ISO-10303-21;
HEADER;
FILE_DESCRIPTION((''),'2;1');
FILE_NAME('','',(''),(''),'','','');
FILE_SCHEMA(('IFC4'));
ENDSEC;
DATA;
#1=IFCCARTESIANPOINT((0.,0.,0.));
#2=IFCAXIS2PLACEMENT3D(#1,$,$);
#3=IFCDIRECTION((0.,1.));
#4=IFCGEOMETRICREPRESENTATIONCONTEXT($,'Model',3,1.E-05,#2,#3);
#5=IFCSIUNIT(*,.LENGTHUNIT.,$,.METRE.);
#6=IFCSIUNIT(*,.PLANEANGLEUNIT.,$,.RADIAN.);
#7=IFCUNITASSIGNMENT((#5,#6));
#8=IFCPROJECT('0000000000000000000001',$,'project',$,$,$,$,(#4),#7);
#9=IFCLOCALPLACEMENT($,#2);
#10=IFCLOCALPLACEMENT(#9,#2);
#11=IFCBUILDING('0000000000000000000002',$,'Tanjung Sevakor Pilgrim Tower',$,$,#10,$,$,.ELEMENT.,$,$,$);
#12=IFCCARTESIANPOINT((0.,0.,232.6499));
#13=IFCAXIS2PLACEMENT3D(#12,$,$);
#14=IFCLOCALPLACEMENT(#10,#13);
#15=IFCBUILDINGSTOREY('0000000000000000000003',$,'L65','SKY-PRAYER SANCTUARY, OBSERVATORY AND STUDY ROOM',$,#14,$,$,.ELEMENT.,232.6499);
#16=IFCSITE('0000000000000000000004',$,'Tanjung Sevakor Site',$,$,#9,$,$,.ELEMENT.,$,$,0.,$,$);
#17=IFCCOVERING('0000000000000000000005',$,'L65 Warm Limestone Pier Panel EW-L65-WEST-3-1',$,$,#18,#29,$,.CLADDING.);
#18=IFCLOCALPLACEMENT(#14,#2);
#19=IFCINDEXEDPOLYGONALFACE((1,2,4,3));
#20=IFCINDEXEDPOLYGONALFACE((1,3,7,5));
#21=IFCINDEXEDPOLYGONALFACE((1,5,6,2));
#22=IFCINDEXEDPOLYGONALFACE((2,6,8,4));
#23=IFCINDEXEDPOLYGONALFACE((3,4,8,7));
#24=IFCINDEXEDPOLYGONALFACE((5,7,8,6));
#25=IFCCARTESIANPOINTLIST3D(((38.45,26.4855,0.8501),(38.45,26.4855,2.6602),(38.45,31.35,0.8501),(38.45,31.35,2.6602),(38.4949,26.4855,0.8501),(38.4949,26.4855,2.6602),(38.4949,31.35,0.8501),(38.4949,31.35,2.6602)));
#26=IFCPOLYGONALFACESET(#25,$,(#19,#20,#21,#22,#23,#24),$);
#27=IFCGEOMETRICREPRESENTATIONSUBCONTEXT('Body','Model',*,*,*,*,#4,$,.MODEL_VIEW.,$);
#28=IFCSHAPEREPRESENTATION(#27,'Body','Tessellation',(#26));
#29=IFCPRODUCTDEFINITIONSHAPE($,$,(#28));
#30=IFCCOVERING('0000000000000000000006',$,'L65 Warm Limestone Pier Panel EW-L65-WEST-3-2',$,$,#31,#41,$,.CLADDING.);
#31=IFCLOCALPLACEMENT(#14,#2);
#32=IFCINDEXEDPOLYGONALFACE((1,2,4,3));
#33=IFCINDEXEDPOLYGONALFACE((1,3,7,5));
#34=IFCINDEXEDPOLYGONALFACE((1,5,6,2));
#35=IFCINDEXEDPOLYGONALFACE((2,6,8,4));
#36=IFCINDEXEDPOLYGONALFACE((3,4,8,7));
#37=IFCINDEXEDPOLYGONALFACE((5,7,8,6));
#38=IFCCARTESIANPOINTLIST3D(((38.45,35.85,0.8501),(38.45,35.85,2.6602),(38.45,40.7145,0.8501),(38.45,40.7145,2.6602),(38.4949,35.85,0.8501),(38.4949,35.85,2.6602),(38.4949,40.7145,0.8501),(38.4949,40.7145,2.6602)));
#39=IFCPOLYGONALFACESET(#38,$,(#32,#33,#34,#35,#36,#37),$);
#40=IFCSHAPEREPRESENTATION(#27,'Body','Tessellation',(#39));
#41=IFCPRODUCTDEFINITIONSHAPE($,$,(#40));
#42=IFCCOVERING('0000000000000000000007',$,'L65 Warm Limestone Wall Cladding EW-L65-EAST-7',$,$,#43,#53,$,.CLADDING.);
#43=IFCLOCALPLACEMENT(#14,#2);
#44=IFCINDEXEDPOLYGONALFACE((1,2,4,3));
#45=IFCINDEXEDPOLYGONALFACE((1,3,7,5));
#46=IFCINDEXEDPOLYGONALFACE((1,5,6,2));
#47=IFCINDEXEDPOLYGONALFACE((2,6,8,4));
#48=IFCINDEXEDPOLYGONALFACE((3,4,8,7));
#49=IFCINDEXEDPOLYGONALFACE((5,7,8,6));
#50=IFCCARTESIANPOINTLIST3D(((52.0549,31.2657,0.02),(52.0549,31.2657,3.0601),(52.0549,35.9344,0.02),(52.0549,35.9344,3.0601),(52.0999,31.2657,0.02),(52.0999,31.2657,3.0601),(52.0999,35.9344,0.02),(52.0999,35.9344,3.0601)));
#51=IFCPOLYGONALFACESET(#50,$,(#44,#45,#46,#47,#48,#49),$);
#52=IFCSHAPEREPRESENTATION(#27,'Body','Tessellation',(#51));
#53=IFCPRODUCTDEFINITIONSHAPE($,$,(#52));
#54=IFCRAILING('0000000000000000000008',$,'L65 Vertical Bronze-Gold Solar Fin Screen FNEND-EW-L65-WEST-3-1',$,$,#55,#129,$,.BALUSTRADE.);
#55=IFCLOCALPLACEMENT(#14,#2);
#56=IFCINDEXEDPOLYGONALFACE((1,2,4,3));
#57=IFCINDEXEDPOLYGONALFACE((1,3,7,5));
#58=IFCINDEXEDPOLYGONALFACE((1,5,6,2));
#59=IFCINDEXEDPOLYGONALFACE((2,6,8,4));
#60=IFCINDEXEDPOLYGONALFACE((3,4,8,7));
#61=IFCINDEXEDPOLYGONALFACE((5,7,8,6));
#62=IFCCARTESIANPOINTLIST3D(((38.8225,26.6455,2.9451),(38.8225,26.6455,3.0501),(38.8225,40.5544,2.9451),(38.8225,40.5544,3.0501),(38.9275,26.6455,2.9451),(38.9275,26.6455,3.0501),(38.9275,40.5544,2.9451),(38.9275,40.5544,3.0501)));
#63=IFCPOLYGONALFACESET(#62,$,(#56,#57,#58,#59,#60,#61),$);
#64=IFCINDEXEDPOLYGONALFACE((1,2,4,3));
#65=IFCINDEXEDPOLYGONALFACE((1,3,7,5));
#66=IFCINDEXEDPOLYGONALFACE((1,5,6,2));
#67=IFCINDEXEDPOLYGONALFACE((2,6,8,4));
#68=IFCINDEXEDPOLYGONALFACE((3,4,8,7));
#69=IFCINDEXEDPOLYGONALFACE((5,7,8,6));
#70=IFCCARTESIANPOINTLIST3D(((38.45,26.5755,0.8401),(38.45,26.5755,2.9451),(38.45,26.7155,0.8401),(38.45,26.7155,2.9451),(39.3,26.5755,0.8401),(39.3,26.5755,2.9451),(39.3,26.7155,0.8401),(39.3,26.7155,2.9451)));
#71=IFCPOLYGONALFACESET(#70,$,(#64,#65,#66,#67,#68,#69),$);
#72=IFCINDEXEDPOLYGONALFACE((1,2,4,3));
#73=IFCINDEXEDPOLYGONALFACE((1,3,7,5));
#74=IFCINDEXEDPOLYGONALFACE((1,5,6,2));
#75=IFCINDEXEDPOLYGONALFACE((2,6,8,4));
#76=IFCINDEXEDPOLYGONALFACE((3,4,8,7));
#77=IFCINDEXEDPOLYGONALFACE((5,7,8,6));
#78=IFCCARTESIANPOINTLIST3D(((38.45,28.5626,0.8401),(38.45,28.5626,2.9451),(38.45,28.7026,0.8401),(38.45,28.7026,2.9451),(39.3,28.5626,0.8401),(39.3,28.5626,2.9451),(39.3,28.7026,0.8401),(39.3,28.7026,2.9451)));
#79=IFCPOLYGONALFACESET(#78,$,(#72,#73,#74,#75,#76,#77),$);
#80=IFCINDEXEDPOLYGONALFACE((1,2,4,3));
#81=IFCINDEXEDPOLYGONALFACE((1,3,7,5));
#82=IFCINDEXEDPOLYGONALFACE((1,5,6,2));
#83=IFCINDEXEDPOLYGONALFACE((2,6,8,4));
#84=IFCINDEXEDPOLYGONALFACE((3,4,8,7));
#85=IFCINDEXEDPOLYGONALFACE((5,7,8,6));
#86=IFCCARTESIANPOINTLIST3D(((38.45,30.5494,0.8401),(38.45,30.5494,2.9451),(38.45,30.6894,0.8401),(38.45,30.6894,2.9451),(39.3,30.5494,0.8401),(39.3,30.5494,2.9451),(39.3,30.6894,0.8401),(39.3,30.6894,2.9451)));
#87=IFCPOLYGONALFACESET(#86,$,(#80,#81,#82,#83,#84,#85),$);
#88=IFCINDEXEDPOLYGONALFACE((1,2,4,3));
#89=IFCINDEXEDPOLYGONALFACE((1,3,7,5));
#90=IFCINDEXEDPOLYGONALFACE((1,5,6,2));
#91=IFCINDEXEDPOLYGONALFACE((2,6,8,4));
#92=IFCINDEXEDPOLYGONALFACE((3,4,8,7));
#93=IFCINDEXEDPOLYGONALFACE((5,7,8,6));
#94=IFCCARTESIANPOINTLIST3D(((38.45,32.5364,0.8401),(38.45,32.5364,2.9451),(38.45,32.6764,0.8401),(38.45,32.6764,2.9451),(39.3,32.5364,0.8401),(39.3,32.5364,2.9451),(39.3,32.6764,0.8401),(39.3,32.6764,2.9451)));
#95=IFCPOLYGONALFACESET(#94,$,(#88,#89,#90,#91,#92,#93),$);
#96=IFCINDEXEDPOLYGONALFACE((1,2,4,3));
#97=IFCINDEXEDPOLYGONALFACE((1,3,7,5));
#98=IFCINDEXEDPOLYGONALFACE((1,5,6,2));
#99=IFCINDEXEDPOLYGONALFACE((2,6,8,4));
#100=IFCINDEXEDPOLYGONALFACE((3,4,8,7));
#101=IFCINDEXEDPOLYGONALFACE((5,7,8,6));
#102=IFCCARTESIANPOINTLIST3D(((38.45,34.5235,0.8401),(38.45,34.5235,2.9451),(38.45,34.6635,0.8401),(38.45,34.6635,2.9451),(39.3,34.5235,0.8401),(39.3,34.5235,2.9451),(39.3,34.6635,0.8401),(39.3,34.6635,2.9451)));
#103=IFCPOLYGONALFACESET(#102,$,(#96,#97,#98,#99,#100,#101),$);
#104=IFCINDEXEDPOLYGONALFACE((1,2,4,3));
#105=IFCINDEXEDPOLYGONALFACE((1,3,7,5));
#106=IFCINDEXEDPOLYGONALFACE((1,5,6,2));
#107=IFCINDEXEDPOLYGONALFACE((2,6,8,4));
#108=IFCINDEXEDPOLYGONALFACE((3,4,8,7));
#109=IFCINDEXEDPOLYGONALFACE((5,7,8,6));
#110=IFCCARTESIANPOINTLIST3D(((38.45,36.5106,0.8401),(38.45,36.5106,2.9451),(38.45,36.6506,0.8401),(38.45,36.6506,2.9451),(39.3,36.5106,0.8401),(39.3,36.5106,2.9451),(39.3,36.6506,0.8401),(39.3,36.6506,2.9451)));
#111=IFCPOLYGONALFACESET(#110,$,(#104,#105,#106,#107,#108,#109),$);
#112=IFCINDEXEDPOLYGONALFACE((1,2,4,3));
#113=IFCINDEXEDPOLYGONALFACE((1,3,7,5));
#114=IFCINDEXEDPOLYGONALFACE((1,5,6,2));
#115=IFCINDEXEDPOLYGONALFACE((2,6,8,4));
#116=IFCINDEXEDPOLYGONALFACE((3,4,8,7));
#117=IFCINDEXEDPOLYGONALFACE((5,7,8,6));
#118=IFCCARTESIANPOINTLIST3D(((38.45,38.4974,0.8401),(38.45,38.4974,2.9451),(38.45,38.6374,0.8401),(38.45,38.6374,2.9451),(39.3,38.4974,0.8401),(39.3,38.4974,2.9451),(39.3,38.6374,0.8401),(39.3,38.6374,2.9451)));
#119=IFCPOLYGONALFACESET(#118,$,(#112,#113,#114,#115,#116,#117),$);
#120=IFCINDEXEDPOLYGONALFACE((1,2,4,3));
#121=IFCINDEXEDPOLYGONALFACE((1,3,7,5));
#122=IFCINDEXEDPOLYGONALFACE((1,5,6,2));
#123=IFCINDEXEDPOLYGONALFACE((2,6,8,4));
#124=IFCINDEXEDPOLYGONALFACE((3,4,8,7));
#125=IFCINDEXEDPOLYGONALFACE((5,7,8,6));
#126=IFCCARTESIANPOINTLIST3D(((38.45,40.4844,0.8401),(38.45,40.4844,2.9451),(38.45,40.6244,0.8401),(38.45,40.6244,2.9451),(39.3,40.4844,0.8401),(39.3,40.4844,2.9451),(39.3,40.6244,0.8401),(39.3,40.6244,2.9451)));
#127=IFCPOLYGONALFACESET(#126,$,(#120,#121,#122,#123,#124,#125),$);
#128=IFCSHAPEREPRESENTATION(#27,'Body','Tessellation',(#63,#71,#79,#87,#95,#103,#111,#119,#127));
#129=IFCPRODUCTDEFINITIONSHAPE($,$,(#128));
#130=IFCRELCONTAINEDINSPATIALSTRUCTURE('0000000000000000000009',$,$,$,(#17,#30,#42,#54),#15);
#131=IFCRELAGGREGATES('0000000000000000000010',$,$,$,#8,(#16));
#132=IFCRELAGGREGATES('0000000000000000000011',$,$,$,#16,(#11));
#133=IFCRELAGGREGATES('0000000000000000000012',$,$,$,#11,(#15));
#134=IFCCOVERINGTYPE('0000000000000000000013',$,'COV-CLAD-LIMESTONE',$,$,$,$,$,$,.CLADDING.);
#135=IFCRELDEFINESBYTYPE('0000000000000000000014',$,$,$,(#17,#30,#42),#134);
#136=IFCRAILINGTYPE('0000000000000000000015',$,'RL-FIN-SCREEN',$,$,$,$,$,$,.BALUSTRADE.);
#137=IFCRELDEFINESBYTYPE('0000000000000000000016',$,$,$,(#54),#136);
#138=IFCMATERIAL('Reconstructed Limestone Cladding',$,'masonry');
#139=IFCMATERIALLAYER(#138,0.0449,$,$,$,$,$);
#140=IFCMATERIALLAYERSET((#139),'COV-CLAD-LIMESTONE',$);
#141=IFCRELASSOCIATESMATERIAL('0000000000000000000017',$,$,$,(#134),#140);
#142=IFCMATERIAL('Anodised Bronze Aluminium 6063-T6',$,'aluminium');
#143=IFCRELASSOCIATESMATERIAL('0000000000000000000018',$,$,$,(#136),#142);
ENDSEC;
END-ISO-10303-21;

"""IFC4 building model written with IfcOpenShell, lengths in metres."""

from ifc_helpers import new_model, si_unit, direction, frame, origin, origin_2d, place, context, subcontext, project, spatial, rectangle, extrude, material, layer, layer_set, type_object, element, save


model = new_model("IFC4")

# Units and contexts
model_context = context("Model", 3, precision=1e-05, world=origin(), true_north=direction((0.0, 1.0)))
body_context = subcontext(model_context, "Body", "Model", "MODEL_VIEW")
ifc_project = project(units=[si_unit("LENGTHUNIT", "METRE"), si_unit("PLANEANGLEUNIT", "RADIAN")], contexts=[model_context])

# Site, building, storey
site_placement = place(None, origin())
site = spatial("IfcSite", under=ifc_project, at=site_placement, Name="Tanjung Sevakor Site", CompositionType="ELEMENT", RefElevation=0.0)
building_placement = place(site_placement, origin())
building = spatial("IfcBuilding", under=site, at=building_placement, Name="Tanjung Sevakor Pilgrim Tower", CompositionType="ELEMENT")
storey_placement = place(building_placement, frame((0.0, 0.0, 232.6499)))
storey = spatial("IfcBuildingStorey", under=building, at=storey_placement, Name="L65", Description="SKY-PRAYER SANCTUARY, OBSERVATORY AND STUDY ROOM", CompositionType="ELEMENT", Elevation=232.6499)

# Coverings
ifc_material_1 = material(Name="Reconstructed Limestone Cladding", Category="masonry")
ifc_layer_1 = layer(ifc_material_1, 0.0449)
ifc_layer_set_1 = layer_set([ifc_layer_1], Name="COV-CLAD-LIMESTONE")
covering_type = type_object("IfcCoveringType", Name="COV-CLAD-LIMESTONE", PredefinedType="CLADDING", material=ifc_layer_set_1)
for number, where, z_axis, x_axis, name in (
    (1, (38.4724, 28.9177, 0.8501), (0.0, 0.0, 1.0), (0.0, 1.0, 0.0), "L65 Warm Limestone Pier Panel EW-L65-WEST-3-1"),
    (2, (38.4724, 38.2822, 0.8501), (0.0, 0.0, 1.0), (0.0, 1.0, 0.0), "L65 Warm Limestone Pier Panel EW-L65-WEST-3-2"),
):
    element("IfcCovering", number, at=place(storey_placement, frame(where, z_axis=z_axis, x_axis=x_axis)), inside=storey, type_object=covering_type, Name=name, PredefinedType="CLADDING", context=body_context, shape_type="SweptSolid", body=[
        extrude(rectangle(XDim=4.8645, YDim=0.0449, at=origin_2d()), origin(), (0.0, 0.0, 1.0), 1.8101),
    ])
covering_1_placement = place(storey_placement, frame((52.0774, 33.6001, 0.02), z_axis=(0.0, 0.0, 1.0), x_axis=(0.0, -1.0, 0.0)))
element("IfcCovering", 3, at=covering_1_placement, inside=storey, type_object=covering_type, Name="L65 Warm Limestone Wall Cladding EW-L65-EAST-7", PredefinedType="CLADDING", context=body_context, shape_type="SweptSolid", body=[
    extrude(rectangle(XDim=4.6687, YDim=0.0449, at=origin_2d()), origin(), (0.0, 0.0, 1.0), 3.04),
])

# Railing
ifc_material_2 = material(Name="Anodised Bronze Aluminium 6063-T6", Category="aluminium")
railing_type = type_object("IfcRailingType", Name="RL-FIN-SCREEN", PredefinedType="BALUSTRADE", material=ifc_material_2)
railing_placement = place(storey_placement, frame((38.875, 26.6455, 0.8401)))
element("IfcRailing", 4, at=railing_placement, inside=storey, type_object=railing_type, Name="L65 Vertical Bronze-Gold Solar Fin Screen FNEND-EW-L65-WEST-3-1", PredefinedType="BALUSTRADE", context=body_context, shape_type="SweptSolid", body=[
    extrude(rectangle(XDim=0.105, YDim=0.105), frame((0.0, 0.0, 2.1575), z_axis=(0.0, 1.0, 0.0), x_axis=(-1.0, 0.0, 0.0)), (0.0, 0.0, 1.0), 13.9089),
    extrude(rectangle(XDim=0.85, YDim=0.14), origin(), (0.0, 0.0, 1.0), 2.105),
    extrude(rectangle(XDim=0.85, YDim=0.14), frame((0.0, 1.9871, 0.0)), (0.0, 0.0, 1.0), 2.105),
    extrude(rectangle(XDim=0.85, YDim=0.14), frame((0.0, 3.9739, 0.0)), (0.0, 0.0, 1.0), 2.105),
    extrude(rectangle(XDim=0.85, YDim=0.14), frame((0.0, 5.9609, 0.0)), (0.0, 0.0, 1.0), 2.105),
    extrude(rectangle(XDim=0.85, YDim=0.14), frame((0.0, 7.948, 0.0)), (0.0, 0.0, 1.0), 2.105),
    extrude(rectangle(XDim=0.85, YDim=0.14), frame((0.0, 9.9351, 0.0)), (0.0, 0.0, 1.0), 2.105),
    extrude(rectangle(XDim=0.85, YDim=0.14), frame((0.0, 11.9219, 0.0)), (0.0, 0.0, 1.0), 2.105),
    extrude(rectangle(XDim=0.85, YDim=0.14), frame((0.0, 13.9089, 0.0)), (0.0, 0.0, 1.0), 2.105),
])

save(model, "model.ifc")
